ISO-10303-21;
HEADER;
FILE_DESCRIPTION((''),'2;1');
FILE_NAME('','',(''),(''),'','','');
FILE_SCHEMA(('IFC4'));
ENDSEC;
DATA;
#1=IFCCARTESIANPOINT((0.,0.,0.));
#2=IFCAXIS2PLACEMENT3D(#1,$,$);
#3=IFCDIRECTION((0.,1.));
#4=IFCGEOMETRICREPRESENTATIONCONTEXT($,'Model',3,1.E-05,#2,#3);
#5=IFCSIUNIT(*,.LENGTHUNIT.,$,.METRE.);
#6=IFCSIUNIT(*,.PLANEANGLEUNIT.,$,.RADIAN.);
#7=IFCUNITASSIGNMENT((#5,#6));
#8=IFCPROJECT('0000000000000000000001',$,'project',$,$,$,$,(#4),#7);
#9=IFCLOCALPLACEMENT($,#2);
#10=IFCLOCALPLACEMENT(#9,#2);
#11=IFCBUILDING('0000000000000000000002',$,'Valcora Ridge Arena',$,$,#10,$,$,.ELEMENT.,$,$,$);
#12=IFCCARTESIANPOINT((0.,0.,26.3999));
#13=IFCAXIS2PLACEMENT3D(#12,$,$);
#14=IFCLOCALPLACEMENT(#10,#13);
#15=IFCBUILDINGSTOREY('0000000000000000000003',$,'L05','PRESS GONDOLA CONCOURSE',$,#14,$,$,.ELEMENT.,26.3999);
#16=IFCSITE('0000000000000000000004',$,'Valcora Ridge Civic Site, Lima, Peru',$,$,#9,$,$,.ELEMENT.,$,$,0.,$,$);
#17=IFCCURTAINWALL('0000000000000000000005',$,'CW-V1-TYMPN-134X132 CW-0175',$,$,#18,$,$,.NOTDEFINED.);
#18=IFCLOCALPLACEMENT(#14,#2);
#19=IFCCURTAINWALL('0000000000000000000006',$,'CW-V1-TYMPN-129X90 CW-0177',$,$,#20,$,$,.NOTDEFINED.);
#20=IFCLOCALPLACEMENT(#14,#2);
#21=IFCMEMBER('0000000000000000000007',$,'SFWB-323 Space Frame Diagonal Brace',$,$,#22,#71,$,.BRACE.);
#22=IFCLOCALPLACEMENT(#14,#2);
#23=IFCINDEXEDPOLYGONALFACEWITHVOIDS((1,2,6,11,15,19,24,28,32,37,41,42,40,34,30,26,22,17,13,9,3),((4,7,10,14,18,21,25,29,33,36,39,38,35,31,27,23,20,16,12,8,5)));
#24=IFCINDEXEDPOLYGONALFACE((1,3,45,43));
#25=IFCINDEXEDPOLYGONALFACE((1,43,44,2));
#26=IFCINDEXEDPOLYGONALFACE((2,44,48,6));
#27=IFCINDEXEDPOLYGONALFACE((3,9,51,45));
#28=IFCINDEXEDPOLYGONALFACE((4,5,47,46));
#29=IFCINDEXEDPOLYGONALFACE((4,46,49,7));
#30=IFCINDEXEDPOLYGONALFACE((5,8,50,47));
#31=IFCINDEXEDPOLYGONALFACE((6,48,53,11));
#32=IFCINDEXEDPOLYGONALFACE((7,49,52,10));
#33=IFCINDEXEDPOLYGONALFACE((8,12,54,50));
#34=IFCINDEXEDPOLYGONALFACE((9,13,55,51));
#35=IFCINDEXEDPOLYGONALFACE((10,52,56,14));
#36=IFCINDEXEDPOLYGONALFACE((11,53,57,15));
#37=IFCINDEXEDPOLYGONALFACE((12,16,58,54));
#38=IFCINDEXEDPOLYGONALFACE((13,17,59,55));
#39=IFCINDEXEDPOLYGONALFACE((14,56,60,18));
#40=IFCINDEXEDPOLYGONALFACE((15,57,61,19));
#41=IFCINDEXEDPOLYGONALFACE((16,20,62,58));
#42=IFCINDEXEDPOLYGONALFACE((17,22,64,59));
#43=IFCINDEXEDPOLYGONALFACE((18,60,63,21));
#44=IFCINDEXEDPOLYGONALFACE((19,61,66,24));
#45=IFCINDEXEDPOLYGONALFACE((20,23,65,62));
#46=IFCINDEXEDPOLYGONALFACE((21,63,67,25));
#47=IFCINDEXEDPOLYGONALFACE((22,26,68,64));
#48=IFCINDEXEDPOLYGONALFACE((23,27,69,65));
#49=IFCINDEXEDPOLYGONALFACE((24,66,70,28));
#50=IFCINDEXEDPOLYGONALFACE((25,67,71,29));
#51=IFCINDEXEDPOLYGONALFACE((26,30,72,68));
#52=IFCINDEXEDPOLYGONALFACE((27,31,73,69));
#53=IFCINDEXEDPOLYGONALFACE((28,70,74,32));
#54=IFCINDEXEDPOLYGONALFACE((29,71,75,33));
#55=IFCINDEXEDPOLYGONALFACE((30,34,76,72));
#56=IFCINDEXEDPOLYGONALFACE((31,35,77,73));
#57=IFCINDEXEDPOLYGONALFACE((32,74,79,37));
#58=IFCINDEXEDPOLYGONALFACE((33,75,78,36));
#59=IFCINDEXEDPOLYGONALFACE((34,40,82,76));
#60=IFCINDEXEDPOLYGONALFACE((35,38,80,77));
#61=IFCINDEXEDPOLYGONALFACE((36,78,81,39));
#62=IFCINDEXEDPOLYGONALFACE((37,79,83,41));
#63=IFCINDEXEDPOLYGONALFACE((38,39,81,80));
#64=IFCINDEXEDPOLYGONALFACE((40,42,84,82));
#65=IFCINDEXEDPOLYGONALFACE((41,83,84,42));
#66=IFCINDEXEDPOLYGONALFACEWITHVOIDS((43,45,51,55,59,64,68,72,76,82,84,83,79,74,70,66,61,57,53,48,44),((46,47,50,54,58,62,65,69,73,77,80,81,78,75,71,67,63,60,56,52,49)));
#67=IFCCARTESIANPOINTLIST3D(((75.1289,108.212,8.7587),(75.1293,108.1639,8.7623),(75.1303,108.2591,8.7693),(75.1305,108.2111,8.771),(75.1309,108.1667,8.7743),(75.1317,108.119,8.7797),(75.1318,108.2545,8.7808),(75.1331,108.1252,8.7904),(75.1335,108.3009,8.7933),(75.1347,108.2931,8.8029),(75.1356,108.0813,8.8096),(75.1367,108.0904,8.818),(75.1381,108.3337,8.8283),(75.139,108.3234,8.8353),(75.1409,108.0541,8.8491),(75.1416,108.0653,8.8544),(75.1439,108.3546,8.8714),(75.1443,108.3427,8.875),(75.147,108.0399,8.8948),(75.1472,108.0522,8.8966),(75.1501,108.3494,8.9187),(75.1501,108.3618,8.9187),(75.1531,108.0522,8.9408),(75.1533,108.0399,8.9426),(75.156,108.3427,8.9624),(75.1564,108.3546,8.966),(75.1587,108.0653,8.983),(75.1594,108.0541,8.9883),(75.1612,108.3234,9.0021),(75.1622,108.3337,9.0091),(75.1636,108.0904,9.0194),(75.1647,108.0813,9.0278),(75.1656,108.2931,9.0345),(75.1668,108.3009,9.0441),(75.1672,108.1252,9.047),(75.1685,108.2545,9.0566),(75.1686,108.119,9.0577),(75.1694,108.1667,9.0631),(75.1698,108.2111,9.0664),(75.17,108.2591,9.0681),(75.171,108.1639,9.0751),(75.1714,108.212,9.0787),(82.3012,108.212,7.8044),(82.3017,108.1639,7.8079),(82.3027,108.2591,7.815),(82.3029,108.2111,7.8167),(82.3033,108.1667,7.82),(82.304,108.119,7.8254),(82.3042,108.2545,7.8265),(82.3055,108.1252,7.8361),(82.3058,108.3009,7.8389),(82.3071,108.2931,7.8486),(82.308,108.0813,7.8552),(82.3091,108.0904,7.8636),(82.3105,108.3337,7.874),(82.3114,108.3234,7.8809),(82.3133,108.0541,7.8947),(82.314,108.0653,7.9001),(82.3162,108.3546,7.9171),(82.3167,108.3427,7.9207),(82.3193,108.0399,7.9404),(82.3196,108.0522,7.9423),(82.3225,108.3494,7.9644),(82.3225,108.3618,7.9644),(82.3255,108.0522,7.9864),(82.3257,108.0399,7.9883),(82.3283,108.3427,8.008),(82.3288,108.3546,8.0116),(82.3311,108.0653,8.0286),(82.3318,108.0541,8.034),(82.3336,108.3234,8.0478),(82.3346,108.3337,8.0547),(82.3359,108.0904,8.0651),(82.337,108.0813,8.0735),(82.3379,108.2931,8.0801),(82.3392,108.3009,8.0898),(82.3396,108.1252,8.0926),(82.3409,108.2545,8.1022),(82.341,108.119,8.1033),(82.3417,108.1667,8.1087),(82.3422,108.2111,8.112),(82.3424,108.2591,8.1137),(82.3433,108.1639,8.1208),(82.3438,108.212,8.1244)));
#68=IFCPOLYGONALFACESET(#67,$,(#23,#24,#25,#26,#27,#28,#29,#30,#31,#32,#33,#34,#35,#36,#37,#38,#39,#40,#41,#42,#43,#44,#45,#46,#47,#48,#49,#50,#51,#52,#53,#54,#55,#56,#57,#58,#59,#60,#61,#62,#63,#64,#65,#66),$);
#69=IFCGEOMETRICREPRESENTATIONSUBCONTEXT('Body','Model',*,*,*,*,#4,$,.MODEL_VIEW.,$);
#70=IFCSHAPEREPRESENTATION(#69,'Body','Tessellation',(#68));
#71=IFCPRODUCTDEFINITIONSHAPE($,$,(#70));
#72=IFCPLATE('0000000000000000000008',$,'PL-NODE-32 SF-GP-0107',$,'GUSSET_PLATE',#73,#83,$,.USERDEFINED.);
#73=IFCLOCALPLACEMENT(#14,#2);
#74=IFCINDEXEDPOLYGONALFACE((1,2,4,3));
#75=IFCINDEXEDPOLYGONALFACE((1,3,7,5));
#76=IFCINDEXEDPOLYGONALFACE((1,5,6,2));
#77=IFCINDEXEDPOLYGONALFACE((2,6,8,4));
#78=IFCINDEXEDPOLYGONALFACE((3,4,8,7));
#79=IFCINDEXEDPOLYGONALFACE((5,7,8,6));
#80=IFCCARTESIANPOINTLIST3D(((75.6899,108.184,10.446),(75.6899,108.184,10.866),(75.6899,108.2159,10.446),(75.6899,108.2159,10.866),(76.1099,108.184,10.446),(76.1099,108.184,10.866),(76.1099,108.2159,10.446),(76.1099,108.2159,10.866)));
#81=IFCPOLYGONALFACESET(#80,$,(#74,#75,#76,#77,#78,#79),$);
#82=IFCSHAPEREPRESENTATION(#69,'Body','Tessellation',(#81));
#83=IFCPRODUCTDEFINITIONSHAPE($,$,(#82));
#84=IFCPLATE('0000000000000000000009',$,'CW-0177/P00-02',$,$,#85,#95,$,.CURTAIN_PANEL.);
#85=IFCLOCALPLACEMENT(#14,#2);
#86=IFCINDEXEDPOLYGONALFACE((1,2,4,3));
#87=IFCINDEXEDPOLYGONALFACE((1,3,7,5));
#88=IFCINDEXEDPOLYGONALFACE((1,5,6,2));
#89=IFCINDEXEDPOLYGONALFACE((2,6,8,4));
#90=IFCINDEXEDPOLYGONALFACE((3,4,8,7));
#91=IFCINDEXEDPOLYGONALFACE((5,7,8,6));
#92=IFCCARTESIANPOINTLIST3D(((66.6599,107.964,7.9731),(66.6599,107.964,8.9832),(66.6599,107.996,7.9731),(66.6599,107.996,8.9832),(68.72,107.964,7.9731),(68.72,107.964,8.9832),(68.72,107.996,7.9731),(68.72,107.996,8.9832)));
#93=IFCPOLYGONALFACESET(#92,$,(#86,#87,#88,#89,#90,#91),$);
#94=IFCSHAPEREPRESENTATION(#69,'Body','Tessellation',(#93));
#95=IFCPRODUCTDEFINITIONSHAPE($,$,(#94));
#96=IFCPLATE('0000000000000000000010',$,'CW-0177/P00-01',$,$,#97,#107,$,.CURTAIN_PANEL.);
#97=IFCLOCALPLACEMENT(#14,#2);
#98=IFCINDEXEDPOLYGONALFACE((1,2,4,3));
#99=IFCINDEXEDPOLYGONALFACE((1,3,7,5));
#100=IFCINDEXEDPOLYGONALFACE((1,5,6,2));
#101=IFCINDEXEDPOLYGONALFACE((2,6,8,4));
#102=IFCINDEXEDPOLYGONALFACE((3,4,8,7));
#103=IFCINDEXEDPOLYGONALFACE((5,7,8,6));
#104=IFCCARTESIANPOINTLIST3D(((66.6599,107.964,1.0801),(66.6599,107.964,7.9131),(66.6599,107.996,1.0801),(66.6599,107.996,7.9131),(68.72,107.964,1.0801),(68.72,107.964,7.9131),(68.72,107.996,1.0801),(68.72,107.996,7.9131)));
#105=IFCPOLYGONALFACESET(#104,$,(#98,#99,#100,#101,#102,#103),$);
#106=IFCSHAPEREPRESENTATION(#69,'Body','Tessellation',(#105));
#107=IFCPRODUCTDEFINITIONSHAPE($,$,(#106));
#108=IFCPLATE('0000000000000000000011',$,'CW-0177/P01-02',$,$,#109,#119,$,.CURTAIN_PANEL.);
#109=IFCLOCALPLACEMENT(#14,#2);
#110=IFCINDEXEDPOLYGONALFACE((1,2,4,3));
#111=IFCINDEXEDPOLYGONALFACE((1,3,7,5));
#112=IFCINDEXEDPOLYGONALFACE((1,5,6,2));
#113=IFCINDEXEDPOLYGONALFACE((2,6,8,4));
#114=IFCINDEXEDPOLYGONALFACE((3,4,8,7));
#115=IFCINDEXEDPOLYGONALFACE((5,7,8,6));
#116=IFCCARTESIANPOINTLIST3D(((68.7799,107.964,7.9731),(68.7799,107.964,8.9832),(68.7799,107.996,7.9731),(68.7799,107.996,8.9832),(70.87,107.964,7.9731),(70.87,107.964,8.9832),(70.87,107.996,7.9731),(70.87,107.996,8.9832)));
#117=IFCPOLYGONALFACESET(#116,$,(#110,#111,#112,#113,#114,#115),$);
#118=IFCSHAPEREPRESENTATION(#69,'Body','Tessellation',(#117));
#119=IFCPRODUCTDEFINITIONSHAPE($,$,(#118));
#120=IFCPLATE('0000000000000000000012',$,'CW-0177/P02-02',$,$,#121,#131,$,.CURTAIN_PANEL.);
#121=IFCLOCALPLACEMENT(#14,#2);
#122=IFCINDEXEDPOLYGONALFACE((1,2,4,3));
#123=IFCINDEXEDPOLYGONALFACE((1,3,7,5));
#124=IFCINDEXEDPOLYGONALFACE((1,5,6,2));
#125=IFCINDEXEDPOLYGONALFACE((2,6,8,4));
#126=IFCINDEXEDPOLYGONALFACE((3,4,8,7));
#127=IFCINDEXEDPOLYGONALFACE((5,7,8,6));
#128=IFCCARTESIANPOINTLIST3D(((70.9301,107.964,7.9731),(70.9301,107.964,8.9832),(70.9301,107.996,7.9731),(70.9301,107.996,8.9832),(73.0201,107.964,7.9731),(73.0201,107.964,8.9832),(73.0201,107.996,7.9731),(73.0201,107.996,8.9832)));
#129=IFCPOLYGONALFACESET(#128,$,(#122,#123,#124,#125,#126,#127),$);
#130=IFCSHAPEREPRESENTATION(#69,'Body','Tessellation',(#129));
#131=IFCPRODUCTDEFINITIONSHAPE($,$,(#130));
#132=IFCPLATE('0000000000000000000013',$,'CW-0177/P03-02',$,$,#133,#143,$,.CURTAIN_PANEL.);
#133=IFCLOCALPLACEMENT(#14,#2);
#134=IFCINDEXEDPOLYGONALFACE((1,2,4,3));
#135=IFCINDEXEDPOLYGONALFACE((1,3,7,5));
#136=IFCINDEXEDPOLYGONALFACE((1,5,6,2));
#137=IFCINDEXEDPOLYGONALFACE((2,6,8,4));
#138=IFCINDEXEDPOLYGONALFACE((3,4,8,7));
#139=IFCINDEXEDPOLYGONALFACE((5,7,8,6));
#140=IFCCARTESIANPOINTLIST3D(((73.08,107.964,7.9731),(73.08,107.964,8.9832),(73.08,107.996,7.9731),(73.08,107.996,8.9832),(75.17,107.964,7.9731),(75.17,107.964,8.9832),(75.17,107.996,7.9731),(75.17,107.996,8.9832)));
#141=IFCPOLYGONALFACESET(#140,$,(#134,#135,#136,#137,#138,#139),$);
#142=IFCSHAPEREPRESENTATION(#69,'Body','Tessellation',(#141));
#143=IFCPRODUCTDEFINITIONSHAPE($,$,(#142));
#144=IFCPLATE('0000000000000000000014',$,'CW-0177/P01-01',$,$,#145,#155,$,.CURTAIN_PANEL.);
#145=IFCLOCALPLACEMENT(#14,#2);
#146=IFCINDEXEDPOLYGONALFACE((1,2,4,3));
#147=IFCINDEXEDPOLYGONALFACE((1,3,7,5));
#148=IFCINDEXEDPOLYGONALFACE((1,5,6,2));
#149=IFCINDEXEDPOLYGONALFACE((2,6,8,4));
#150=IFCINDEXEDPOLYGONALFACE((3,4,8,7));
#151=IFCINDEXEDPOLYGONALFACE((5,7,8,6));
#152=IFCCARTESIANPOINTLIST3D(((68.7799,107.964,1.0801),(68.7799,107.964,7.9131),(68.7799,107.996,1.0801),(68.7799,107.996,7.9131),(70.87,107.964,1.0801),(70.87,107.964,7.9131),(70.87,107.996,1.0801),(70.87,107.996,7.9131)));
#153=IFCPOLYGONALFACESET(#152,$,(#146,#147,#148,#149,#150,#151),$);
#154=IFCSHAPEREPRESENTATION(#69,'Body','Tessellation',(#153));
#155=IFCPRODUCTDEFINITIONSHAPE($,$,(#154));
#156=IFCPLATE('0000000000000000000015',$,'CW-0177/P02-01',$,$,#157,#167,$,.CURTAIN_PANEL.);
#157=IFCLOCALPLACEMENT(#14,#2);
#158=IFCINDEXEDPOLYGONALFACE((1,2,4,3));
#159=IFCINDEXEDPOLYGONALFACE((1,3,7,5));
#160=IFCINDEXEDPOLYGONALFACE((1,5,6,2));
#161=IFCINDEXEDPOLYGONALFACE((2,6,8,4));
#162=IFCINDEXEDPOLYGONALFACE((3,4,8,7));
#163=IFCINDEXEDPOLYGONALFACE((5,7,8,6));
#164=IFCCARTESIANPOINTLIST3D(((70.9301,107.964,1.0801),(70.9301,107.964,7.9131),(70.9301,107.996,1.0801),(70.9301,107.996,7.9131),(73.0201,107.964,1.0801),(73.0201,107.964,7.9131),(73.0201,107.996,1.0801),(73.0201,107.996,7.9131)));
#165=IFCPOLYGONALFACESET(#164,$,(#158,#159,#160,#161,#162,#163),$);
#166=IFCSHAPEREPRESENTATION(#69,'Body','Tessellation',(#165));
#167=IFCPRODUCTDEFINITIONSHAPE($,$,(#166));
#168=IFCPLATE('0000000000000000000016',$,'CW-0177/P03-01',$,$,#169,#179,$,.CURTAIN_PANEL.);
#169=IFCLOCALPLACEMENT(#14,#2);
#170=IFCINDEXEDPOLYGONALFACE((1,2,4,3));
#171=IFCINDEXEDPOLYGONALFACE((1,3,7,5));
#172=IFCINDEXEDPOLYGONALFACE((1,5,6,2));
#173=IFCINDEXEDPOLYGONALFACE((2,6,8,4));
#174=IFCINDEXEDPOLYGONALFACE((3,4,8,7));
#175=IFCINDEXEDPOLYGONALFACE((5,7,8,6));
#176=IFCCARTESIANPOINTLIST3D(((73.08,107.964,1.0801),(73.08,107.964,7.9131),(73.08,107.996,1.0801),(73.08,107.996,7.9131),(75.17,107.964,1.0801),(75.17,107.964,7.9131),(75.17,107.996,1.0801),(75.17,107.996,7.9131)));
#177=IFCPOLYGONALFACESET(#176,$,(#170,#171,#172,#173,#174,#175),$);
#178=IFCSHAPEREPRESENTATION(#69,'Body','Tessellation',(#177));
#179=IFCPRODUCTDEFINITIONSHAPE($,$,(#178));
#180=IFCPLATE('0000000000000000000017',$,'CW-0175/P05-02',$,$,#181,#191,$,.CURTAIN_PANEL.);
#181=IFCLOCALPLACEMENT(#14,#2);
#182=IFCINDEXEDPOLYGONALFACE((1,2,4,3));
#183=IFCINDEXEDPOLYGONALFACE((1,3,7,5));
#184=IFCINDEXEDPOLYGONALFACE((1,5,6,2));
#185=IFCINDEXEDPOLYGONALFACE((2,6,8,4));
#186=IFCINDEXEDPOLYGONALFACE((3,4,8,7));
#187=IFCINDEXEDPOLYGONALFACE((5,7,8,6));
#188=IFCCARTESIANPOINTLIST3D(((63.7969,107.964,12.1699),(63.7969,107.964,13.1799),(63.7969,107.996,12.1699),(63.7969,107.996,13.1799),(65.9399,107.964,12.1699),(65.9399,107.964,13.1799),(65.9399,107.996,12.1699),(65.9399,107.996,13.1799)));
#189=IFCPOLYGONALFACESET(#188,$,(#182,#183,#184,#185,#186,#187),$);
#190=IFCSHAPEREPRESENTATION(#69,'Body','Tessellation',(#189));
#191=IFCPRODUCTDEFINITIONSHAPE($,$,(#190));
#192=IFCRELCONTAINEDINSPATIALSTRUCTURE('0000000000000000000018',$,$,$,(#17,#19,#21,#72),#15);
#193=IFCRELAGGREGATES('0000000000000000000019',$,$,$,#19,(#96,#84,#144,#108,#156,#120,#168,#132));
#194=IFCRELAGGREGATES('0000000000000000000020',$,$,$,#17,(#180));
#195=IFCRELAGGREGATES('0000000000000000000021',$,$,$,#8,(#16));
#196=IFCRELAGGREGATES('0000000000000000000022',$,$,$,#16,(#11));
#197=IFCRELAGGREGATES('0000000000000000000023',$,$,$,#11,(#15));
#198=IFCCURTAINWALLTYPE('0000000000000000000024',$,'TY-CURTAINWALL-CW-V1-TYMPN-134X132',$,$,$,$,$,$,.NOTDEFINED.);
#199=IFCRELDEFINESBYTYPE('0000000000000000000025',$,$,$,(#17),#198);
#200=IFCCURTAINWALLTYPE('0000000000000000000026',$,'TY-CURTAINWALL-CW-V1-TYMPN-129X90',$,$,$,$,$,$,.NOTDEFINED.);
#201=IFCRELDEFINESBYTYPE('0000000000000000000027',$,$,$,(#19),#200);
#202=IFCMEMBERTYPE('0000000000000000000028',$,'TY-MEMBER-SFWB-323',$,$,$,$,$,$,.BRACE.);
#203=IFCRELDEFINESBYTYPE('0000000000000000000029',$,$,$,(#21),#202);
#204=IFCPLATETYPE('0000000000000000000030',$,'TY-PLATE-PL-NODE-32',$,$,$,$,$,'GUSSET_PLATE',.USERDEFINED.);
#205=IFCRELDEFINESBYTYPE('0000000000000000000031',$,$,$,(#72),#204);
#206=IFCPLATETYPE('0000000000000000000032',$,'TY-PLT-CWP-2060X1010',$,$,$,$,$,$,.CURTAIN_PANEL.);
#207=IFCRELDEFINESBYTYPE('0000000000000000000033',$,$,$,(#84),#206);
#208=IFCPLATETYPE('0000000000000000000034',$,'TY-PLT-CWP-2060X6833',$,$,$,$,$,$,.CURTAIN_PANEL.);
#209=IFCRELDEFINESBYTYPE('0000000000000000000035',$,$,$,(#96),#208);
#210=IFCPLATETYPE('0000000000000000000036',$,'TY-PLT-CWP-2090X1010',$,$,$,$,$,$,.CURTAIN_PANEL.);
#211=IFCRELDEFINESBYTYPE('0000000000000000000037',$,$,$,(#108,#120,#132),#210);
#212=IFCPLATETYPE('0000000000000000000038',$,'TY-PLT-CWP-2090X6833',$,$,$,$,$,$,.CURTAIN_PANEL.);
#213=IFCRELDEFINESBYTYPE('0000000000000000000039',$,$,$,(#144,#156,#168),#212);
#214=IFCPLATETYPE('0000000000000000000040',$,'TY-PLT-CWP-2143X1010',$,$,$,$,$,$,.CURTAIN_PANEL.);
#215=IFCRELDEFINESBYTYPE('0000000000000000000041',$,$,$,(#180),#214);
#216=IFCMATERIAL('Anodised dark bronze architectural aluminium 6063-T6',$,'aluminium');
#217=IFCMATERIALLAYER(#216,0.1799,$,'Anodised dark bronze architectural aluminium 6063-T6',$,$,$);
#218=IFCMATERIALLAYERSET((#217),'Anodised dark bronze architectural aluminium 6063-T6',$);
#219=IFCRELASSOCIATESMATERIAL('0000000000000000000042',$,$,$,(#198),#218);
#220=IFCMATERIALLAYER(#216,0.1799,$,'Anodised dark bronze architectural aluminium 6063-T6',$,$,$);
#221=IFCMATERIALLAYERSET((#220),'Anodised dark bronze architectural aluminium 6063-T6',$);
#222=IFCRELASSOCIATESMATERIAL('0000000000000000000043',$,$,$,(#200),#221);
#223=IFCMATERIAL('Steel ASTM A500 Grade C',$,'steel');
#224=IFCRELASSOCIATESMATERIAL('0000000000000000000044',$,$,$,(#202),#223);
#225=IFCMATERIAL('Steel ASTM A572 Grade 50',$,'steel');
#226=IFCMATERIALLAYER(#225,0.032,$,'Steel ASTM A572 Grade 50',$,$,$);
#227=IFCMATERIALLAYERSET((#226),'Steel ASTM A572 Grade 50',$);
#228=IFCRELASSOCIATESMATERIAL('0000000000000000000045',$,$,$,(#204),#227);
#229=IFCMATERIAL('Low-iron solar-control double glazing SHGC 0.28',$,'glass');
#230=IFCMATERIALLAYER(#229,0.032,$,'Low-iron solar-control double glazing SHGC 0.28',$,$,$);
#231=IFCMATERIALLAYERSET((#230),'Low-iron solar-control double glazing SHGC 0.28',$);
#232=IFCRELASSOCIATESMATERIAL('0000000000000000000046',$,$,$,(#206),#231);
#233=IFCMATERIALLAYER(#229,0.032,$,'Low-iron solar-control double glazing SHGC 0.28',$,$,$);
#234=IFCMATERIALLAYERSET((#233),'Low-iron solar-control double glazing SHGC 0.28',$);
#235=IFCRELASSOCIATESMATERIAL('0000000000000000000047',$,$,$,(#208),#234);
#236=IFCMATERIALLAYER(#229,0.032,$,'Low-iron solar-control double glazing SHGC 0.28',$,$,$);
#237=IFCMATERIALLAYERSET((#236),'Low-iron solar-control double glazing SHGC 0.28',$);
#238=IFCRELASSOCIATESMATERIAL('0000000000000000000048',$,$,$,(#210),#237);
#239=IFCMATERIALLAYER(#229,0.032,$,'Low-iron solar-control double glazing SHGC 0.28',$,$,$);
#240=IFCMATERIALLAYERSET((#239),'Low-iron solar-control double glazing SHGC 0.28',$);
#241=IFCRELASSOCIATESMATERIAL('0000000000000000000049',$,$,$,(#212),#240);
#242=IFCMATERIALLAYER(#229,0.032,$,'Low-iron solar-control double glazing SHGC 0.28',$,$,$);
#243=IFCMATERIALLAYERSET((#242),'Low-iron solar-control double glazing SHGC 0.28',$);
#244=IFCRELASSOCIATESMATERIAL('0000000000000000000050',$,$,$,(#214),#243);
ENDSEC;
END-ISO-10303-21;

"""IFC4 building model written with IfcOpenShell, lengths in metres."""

from ifc_helpers import new_model, si_unit, direction, frame, origin, origin_2d, place, context, subcontext, project, spatial, rectangle, hollow_circle, extrude, material, layer, layer_set, material_profile, profile_set, type_object, element, aggregate, save


model = new_model("IFC4")

# Units and contexts
model_context = context("Model", 3, precision=1e-05, world=origin(), true_north=direction((0.0, 1.0)))
body_context = subcontext(model_context, "Body", "Model", "MODEL_VIEW")
ifc_project = project(units=[si_unit("LENGTHUNIT", "METRE"), si_unit("PLANEANGLEUNIT", "RADIAN")], contexts=[model_context])

# Site, building, storey
site_placement = place(None, origin())
site = spatial("IfcSite", under=ifc_project, at=site_placement, Name="Valcora Ridge Civic Site, Lima, Peru", CompositionType="ELEMENT", RefElevation=0.0)
building_placement = place(site_placement, origin())
building = spatial("IfcBuilding", under=site, at=building_placement, Name="Valcora Ridge Arena", CompositionType="ELEMENT")
storey_placement = place(building_placement, frame((0.0, 0.0, 26.3999)))
storey = spatial("IfcBuildingStorey", under=building, at=storey_placement, Name="L05", Description="PRESS GONDOLA CONCOURSE", CompositionType="ELEMENT", Elevation=26.3999)

# Curtain walls
ifc_material_1 = material(Name="Anodised dark bronze architectural aluminium 6063-T6", Category="aluminium")
ifc_layer_1 = layer(ifc_material_1, 0.1799, Name="Anodised dark bronze architectural aluminium 6063-T6")
ifc_layer_set_1 = layer_set([ifc_layer_1], Name="Anodised dark bronze architectural aluminium 6063-T6")
curtain_wall_type_1 = type_object("IfcCurtainWallType", Name="TY-CURTAINWALL-CW-V1-TYMPN-134X132", PredefinedType="NOTDEFINED", material=ifc_layer_set_1)
curtain_wall_1_placement = place(storey_placement, origin())
curtain_wall_1 = element("IfcCurtainWall", 1, at=curtain_wall_1_placement, inside=storey, type_object=curtain_wall_type_1, Name="CW-V1-TYMPN-134X132 CW-0175", PredefinedType="NOTDEFINED")
ifc_layer_2 = layer(ifc_material_1, 0.1799, Name="Anodised dark bronze architectural aluminium 6063-T6")
ifc_layer_set_2 = layer_set([ifc_layer_2], Name="Anodised dark bronze architectural aluminium 6063-T6")
curtain_wall_type_2 = type_object("IfcCurtainWallType", Name="TY-CURTAINWALL-CW-V1-TYMPN-129X90", PredefinedType="NOTDEFINED", material=ifc_layer_set_2)
curtain_wall_2_placement = place(storey_placement, origin())
curtain_wall_2 = element("IfcCurtainWall", 2, at=curtain_wall_2_placement, inside=storey, type_object=curtain_wall_type_2, Name="CW-V1-TYMPN-129X90 CW-0177", PredefinedType="NOTDEFINED")

# Member
ifc_material_2 = material(Name="Steel ASTM A500 Grade C", Category="steel")
ifc_material_profile_1 = material_profile(ifc_material_2, hollow_circle(Radius=0.1619, WallThickness=0.0125, at=origin_2d()), Name="CHS323X12")
ifc_profile_set_1 = profile_set([ifc_material_profile_1], Name="Steel ASTM A500 Grade C")
member_type_1 = type_object("IfcMemberType", Name="TY-MEMBER-SFWB-323", PredefinedType="BRACE", material=ifc_profile_set_1)
member_1_placement = place(storey_placement, frame((75.1501, 108.2, 8.9187), z_axis=(0.991264, 0.0, -0.131896), x_axis=(0.0, 1.0, 0.0)))
element("IfcMember", 3, at=member_1_placement, inside=storey, type_object=member_type_1, Name="SFWB-323 Space Frame Diagonal Brace", PredefinedType="BRACE", context=body_context, shape_type="SweptSolid", body=[
    extrude(hollow_circle(Radius=0.1619, WallThickness=0.0125, at=origin_2d()), origin(), (0.0, 0.0, 1.0), 7.2356),
])

# Plates
ifc_material_3 = material(Name="Steel ASTM A572 Grade 50", Category="steel")
ifc_layer_3 = layer(ifc_material_3, 0.032, Name="Steel ASTM A572 Grade 50")
ifc_layer_set_3 = layer_set([ifc_layer_3], Name="Steel ASTM A572 Grade 50")
plate_type_1 = type_object("IfcPlateType", Name="TY-PLATE-PL-NODE-32", ElementType="GUSSET_PLATE", PredefinedType="USERDEFINED", material=ifc_layer_set_3)
plate_1_placement = place(storey_placement, frame((75.8999, 108.2, 10.446), z_axis=(0.0, 0.0, 1.0), x_axis=(1.0, 0.0, 0.0)))
element("IfcPlate", 4, at=plate_1_placement, inside=storey, type_object=plate_type_1, Name="PL-NODE-32 SF-GP-0107", ObjectType="GUSSET_PLATE", PredefinedType="USERDEFINED", context=body_context, shape_type="SweptSolid", body=[
    extrude(rectangle(XDim=0.4199, YDim=0.032, at=origin_2d()), origin(), (0.0, 0.0, 1.0), 0.4199),
])
ifc_material_4 = material(Name="Low-iron solar-control double glazing SHGC 0.28", Category="glass")
ifc_layer_4 = layer(ifc_material_4, 0.032, Name="Low-iron solar-control double glazing SHGC 0.28")
ifc_layer_set_4 = layer_set([ifc_layer_4], Name="Low-iron solar-control double glazing SHGC 0.28")
plate_type_2 = type_object("IfcPlateType", Name="TY-PLT-CWP-2060X1010", PredefinedType="CURTAIN_PANEL", material=ifc_layer_set_4)
plate_2_placement = place(storey_placement, frame((67.6899, 107.98, 7.9731), z_axis=(0.0, 0.0, 1.0), x_axis=(1.0, 0.0, 0.0)))
plate_2 = element("IfcPlate", 5, at=plate_2_placement, type_object=plate_type_2, Name="CW-0177/P00-02", PredefinedType="CURTAIN_PANEL", context=body_context, shape_type="SweptSolid", body=[
    extrude(rectangle(XDim=2.0601, YDim=0.032, at=origin_2d()), origin(), (0.0, 0.0, 1.0), 1.01),
])
ifc_layer_5 = layer(ifc_material_4, 0.032, Name="Low-iron solar-control double glazing SHGC 0.28")
ifc_layer_set_5 = layer_set([ifc_layer_5], Name="Low-iron solar-control double glazing SHGC 0.28")
plate_type_3 = type_object("IfcPlateType", Name="TY-PLT-CWP-2060X6833", PredefinedType="CURTAIN_PANEL", material=ifc_layer_set_5)
plate_3_placement = place(storey_placement, frame((67.6899, 107.98, 1.0801), z_axis=(0.0, 0.0, 1.0), x_axis=(1.0, 0.0, 0.0)))
plate_3 = element("IfcPlate", 6, at=plate_3_placement, type_object=plate_type_3, Name="CW-0177/P00-01", PredefinedType="CURTAIN_PANEL", context=body_context, shape_type="SweptSolid", body=[
    extrude(rectangle(XDim=2.0601, YDim=0.032, at=origin_2d()), origin(), (0.0, 0.0, 1.0), 6.833),
])
ifc_layer_6 = layer(ifc_material_4, 0.032, Name="Low-iron solar-control double glazing SHGC 0.28")
ifc_layer_set_6 = layer_set([ifc_layer_6], Name="Low-iron solar-control double glazing SHGC 0.28")
plate_type_4 = type_object("IfcPlateType", Name="TY-PLT-CWP-2090X1010", PredefinedType="CURTAIN_PANEL", material=ifc_layer_set_6)
plate_4_placement = place(storey_placement, frame((69.825, 107.98, 7.9731), z_axis=(0.0, 0.0, 1.0), x_axis=(1.0, 0.0, 0.0)))
plate_4 = element("IfcPlate", 7, at=plate_4_placement, type_object=plate_type_4, Name="CW-0177/P01-02", PredefinedType="CURTAIN_PANEL", context=body_context, shape_type="SweptSolid", body=[
    extrude(rectangle(XDim=2.0901, YDim=0.032, at=origin_2d()), origin(), (0.0, 0.0, 1.0), 1.01),
])
plate_5_placement = place(storey_placement, frame((71.9751, 107.98, 7.9731), z_axis=(0.0, 0.0, 1.0), x_axis=(1.0, 0.0, 0.0)))
plate_5 = element("IfcPlate", 8, at=plate_5_placement, type_object=plate_type_4, Name="CW-0177/P02-02", PredefinedType="CURTAIN_PANEL", context=body_context, shape_type="SweptSolid", body=[
    extrude(rectangle(XDim=2.0901, YDim=0.032, at=origin_2d()), origin(), (0.0, 0.0, 1.0), 1.01),
])
plate_6_placement = place(storey_placement, frame((74.125, 107.98, 7.9731), z_axis=(0.0, 0.0, 1.0), x_axis=(1.0, 0.0, 0.0)))
plate_6 = element("IfcPlate", 9, at=plate_6_placement, type_object=plate_type_4, Name="CW-0177/P03-02", PredefinedType="CURTAIN_PANEL", context=body_context, shape_type="SweptSolid", body=[
    extrude(rectangle(XDim=2.0901, YDim=0.032, at=origin_2d()), origin(), (0.0, 0.0, 1.0), 1.01),
])
ifc_layer_7 = layer(ifc_material_4, 0.032, Name="Low-iron solar-control double glazing SHGC 0.28")
ifc_layer_set_7 = layer_set([ifc_layer_7], Name="Low-iron solar-control double glazing SHGC 0.28")
plate_type_5 = type_object("IfcPlateType", Name="TY-PLT-CWP-2090X6833", PredefinedType="CURTAIN_PANEL", material=ifc_layer_set_7)
plate_7_placement = place(storey_placement, frame((69.825, 107.98, 1.0801), z_axis=(0.0, 0.0, 1.0), x_axis=(1.0, 0.0, 0.0)))
plate_7 = element("IfcPlate", 10, at=plate_7_placement, type_object=plate_type_5, Name="CW-0177/P01-01", PredefinedType="CURTAIN_PANEL", context=body_context, shape_type="SweptSolid", body=[
    extrude(rectangle(XDim=2.0901, YDim=0.032, at=origin_2d()), origin(), (0.0, 0.0, 1.0), 6.833),
])
plate_8_placement = place(storey_placement, frame((71.9751, 107.98, 1.0801), z_axis=(0.0, 0.0, 1.0), x_axis=(1.0, 0.0, 0.0)))
plate_8 = element("IfcPlate", 11, at=plate_8_placement, type_object=plate_type_5, Name="CW-0177/P02-01", PredefinedType="CURTAIN_PANEL", context=body_context, shape_type="SweptSolid", body=[
    extrude(rectangle(XDim=2.0901, YDim=0.032, at=origin_2d()), origin(), (0.0, 0.0, 1.0), 6.833),
])
plate_9_placement = place(storey_placement, frame((74.125, 107.98, 1.0801), z_axis=(0.0, 0.0, 1.0), x_axis=(1.0, 0.0, 0.0)))
plate_9 = element("IfcPlate", 12, at=plate_9_placement, type_object=plate_type_5, Name="CW-0177/P03-01", PredefinedType="CURTAIN_PANEL", context=body_context, shape_type="SweptSolid", body=[
    extrude(rectangle(XDim=2.0901, YDim=0.032, at=origin_2d()), origin(), (0.0, 0.0, 1.0), 6.833),
])
aggregate(curtain_wall_2, [plate_3, plate_2, plate_7, plate_4, plate_8, plate_5, plate_9, plate_6])
ifc_layer_8 = layer(ifc_material_4, 0.032, Name="Low-iron solar-control double glazing SHGC 0.28")
ifc_layer_set_8 = layer_set([ifc_layer_8], Name="Low-iron solar-control double glazing SHGC 0.28")
plate_type_6 = type_object("IfcPlateType", Name="TY-PLT-CWP-2143X1010", PredefinedType="CURTAIN_PANEL", material=ifc_layer_set_8)
plate_10_placement = place(storey_placement, frame((64.8684, 107.98, 12.1699), z_axis=(0.0, 0.0, 1.0), x_axis=(1.0, 0.0, 0.0)))
plate_10 = element("IfcPlate", 13, at=plate_10_placement, type_object=plate_type_6, Name="CW-0175/P05-02", PredefinedType="CURTAIN_PANEL", context=body_context, shape_type="SweptSolid", body=[
    extrude(rectangle(XDim=2.1431, YDim=0.032, at=origin_2d()), origin(), (0.0, 0.0, 1.0), 1.01),
])
aggregate(curtain_wall_1, [plate_10])

save(model, "model.ifc")
